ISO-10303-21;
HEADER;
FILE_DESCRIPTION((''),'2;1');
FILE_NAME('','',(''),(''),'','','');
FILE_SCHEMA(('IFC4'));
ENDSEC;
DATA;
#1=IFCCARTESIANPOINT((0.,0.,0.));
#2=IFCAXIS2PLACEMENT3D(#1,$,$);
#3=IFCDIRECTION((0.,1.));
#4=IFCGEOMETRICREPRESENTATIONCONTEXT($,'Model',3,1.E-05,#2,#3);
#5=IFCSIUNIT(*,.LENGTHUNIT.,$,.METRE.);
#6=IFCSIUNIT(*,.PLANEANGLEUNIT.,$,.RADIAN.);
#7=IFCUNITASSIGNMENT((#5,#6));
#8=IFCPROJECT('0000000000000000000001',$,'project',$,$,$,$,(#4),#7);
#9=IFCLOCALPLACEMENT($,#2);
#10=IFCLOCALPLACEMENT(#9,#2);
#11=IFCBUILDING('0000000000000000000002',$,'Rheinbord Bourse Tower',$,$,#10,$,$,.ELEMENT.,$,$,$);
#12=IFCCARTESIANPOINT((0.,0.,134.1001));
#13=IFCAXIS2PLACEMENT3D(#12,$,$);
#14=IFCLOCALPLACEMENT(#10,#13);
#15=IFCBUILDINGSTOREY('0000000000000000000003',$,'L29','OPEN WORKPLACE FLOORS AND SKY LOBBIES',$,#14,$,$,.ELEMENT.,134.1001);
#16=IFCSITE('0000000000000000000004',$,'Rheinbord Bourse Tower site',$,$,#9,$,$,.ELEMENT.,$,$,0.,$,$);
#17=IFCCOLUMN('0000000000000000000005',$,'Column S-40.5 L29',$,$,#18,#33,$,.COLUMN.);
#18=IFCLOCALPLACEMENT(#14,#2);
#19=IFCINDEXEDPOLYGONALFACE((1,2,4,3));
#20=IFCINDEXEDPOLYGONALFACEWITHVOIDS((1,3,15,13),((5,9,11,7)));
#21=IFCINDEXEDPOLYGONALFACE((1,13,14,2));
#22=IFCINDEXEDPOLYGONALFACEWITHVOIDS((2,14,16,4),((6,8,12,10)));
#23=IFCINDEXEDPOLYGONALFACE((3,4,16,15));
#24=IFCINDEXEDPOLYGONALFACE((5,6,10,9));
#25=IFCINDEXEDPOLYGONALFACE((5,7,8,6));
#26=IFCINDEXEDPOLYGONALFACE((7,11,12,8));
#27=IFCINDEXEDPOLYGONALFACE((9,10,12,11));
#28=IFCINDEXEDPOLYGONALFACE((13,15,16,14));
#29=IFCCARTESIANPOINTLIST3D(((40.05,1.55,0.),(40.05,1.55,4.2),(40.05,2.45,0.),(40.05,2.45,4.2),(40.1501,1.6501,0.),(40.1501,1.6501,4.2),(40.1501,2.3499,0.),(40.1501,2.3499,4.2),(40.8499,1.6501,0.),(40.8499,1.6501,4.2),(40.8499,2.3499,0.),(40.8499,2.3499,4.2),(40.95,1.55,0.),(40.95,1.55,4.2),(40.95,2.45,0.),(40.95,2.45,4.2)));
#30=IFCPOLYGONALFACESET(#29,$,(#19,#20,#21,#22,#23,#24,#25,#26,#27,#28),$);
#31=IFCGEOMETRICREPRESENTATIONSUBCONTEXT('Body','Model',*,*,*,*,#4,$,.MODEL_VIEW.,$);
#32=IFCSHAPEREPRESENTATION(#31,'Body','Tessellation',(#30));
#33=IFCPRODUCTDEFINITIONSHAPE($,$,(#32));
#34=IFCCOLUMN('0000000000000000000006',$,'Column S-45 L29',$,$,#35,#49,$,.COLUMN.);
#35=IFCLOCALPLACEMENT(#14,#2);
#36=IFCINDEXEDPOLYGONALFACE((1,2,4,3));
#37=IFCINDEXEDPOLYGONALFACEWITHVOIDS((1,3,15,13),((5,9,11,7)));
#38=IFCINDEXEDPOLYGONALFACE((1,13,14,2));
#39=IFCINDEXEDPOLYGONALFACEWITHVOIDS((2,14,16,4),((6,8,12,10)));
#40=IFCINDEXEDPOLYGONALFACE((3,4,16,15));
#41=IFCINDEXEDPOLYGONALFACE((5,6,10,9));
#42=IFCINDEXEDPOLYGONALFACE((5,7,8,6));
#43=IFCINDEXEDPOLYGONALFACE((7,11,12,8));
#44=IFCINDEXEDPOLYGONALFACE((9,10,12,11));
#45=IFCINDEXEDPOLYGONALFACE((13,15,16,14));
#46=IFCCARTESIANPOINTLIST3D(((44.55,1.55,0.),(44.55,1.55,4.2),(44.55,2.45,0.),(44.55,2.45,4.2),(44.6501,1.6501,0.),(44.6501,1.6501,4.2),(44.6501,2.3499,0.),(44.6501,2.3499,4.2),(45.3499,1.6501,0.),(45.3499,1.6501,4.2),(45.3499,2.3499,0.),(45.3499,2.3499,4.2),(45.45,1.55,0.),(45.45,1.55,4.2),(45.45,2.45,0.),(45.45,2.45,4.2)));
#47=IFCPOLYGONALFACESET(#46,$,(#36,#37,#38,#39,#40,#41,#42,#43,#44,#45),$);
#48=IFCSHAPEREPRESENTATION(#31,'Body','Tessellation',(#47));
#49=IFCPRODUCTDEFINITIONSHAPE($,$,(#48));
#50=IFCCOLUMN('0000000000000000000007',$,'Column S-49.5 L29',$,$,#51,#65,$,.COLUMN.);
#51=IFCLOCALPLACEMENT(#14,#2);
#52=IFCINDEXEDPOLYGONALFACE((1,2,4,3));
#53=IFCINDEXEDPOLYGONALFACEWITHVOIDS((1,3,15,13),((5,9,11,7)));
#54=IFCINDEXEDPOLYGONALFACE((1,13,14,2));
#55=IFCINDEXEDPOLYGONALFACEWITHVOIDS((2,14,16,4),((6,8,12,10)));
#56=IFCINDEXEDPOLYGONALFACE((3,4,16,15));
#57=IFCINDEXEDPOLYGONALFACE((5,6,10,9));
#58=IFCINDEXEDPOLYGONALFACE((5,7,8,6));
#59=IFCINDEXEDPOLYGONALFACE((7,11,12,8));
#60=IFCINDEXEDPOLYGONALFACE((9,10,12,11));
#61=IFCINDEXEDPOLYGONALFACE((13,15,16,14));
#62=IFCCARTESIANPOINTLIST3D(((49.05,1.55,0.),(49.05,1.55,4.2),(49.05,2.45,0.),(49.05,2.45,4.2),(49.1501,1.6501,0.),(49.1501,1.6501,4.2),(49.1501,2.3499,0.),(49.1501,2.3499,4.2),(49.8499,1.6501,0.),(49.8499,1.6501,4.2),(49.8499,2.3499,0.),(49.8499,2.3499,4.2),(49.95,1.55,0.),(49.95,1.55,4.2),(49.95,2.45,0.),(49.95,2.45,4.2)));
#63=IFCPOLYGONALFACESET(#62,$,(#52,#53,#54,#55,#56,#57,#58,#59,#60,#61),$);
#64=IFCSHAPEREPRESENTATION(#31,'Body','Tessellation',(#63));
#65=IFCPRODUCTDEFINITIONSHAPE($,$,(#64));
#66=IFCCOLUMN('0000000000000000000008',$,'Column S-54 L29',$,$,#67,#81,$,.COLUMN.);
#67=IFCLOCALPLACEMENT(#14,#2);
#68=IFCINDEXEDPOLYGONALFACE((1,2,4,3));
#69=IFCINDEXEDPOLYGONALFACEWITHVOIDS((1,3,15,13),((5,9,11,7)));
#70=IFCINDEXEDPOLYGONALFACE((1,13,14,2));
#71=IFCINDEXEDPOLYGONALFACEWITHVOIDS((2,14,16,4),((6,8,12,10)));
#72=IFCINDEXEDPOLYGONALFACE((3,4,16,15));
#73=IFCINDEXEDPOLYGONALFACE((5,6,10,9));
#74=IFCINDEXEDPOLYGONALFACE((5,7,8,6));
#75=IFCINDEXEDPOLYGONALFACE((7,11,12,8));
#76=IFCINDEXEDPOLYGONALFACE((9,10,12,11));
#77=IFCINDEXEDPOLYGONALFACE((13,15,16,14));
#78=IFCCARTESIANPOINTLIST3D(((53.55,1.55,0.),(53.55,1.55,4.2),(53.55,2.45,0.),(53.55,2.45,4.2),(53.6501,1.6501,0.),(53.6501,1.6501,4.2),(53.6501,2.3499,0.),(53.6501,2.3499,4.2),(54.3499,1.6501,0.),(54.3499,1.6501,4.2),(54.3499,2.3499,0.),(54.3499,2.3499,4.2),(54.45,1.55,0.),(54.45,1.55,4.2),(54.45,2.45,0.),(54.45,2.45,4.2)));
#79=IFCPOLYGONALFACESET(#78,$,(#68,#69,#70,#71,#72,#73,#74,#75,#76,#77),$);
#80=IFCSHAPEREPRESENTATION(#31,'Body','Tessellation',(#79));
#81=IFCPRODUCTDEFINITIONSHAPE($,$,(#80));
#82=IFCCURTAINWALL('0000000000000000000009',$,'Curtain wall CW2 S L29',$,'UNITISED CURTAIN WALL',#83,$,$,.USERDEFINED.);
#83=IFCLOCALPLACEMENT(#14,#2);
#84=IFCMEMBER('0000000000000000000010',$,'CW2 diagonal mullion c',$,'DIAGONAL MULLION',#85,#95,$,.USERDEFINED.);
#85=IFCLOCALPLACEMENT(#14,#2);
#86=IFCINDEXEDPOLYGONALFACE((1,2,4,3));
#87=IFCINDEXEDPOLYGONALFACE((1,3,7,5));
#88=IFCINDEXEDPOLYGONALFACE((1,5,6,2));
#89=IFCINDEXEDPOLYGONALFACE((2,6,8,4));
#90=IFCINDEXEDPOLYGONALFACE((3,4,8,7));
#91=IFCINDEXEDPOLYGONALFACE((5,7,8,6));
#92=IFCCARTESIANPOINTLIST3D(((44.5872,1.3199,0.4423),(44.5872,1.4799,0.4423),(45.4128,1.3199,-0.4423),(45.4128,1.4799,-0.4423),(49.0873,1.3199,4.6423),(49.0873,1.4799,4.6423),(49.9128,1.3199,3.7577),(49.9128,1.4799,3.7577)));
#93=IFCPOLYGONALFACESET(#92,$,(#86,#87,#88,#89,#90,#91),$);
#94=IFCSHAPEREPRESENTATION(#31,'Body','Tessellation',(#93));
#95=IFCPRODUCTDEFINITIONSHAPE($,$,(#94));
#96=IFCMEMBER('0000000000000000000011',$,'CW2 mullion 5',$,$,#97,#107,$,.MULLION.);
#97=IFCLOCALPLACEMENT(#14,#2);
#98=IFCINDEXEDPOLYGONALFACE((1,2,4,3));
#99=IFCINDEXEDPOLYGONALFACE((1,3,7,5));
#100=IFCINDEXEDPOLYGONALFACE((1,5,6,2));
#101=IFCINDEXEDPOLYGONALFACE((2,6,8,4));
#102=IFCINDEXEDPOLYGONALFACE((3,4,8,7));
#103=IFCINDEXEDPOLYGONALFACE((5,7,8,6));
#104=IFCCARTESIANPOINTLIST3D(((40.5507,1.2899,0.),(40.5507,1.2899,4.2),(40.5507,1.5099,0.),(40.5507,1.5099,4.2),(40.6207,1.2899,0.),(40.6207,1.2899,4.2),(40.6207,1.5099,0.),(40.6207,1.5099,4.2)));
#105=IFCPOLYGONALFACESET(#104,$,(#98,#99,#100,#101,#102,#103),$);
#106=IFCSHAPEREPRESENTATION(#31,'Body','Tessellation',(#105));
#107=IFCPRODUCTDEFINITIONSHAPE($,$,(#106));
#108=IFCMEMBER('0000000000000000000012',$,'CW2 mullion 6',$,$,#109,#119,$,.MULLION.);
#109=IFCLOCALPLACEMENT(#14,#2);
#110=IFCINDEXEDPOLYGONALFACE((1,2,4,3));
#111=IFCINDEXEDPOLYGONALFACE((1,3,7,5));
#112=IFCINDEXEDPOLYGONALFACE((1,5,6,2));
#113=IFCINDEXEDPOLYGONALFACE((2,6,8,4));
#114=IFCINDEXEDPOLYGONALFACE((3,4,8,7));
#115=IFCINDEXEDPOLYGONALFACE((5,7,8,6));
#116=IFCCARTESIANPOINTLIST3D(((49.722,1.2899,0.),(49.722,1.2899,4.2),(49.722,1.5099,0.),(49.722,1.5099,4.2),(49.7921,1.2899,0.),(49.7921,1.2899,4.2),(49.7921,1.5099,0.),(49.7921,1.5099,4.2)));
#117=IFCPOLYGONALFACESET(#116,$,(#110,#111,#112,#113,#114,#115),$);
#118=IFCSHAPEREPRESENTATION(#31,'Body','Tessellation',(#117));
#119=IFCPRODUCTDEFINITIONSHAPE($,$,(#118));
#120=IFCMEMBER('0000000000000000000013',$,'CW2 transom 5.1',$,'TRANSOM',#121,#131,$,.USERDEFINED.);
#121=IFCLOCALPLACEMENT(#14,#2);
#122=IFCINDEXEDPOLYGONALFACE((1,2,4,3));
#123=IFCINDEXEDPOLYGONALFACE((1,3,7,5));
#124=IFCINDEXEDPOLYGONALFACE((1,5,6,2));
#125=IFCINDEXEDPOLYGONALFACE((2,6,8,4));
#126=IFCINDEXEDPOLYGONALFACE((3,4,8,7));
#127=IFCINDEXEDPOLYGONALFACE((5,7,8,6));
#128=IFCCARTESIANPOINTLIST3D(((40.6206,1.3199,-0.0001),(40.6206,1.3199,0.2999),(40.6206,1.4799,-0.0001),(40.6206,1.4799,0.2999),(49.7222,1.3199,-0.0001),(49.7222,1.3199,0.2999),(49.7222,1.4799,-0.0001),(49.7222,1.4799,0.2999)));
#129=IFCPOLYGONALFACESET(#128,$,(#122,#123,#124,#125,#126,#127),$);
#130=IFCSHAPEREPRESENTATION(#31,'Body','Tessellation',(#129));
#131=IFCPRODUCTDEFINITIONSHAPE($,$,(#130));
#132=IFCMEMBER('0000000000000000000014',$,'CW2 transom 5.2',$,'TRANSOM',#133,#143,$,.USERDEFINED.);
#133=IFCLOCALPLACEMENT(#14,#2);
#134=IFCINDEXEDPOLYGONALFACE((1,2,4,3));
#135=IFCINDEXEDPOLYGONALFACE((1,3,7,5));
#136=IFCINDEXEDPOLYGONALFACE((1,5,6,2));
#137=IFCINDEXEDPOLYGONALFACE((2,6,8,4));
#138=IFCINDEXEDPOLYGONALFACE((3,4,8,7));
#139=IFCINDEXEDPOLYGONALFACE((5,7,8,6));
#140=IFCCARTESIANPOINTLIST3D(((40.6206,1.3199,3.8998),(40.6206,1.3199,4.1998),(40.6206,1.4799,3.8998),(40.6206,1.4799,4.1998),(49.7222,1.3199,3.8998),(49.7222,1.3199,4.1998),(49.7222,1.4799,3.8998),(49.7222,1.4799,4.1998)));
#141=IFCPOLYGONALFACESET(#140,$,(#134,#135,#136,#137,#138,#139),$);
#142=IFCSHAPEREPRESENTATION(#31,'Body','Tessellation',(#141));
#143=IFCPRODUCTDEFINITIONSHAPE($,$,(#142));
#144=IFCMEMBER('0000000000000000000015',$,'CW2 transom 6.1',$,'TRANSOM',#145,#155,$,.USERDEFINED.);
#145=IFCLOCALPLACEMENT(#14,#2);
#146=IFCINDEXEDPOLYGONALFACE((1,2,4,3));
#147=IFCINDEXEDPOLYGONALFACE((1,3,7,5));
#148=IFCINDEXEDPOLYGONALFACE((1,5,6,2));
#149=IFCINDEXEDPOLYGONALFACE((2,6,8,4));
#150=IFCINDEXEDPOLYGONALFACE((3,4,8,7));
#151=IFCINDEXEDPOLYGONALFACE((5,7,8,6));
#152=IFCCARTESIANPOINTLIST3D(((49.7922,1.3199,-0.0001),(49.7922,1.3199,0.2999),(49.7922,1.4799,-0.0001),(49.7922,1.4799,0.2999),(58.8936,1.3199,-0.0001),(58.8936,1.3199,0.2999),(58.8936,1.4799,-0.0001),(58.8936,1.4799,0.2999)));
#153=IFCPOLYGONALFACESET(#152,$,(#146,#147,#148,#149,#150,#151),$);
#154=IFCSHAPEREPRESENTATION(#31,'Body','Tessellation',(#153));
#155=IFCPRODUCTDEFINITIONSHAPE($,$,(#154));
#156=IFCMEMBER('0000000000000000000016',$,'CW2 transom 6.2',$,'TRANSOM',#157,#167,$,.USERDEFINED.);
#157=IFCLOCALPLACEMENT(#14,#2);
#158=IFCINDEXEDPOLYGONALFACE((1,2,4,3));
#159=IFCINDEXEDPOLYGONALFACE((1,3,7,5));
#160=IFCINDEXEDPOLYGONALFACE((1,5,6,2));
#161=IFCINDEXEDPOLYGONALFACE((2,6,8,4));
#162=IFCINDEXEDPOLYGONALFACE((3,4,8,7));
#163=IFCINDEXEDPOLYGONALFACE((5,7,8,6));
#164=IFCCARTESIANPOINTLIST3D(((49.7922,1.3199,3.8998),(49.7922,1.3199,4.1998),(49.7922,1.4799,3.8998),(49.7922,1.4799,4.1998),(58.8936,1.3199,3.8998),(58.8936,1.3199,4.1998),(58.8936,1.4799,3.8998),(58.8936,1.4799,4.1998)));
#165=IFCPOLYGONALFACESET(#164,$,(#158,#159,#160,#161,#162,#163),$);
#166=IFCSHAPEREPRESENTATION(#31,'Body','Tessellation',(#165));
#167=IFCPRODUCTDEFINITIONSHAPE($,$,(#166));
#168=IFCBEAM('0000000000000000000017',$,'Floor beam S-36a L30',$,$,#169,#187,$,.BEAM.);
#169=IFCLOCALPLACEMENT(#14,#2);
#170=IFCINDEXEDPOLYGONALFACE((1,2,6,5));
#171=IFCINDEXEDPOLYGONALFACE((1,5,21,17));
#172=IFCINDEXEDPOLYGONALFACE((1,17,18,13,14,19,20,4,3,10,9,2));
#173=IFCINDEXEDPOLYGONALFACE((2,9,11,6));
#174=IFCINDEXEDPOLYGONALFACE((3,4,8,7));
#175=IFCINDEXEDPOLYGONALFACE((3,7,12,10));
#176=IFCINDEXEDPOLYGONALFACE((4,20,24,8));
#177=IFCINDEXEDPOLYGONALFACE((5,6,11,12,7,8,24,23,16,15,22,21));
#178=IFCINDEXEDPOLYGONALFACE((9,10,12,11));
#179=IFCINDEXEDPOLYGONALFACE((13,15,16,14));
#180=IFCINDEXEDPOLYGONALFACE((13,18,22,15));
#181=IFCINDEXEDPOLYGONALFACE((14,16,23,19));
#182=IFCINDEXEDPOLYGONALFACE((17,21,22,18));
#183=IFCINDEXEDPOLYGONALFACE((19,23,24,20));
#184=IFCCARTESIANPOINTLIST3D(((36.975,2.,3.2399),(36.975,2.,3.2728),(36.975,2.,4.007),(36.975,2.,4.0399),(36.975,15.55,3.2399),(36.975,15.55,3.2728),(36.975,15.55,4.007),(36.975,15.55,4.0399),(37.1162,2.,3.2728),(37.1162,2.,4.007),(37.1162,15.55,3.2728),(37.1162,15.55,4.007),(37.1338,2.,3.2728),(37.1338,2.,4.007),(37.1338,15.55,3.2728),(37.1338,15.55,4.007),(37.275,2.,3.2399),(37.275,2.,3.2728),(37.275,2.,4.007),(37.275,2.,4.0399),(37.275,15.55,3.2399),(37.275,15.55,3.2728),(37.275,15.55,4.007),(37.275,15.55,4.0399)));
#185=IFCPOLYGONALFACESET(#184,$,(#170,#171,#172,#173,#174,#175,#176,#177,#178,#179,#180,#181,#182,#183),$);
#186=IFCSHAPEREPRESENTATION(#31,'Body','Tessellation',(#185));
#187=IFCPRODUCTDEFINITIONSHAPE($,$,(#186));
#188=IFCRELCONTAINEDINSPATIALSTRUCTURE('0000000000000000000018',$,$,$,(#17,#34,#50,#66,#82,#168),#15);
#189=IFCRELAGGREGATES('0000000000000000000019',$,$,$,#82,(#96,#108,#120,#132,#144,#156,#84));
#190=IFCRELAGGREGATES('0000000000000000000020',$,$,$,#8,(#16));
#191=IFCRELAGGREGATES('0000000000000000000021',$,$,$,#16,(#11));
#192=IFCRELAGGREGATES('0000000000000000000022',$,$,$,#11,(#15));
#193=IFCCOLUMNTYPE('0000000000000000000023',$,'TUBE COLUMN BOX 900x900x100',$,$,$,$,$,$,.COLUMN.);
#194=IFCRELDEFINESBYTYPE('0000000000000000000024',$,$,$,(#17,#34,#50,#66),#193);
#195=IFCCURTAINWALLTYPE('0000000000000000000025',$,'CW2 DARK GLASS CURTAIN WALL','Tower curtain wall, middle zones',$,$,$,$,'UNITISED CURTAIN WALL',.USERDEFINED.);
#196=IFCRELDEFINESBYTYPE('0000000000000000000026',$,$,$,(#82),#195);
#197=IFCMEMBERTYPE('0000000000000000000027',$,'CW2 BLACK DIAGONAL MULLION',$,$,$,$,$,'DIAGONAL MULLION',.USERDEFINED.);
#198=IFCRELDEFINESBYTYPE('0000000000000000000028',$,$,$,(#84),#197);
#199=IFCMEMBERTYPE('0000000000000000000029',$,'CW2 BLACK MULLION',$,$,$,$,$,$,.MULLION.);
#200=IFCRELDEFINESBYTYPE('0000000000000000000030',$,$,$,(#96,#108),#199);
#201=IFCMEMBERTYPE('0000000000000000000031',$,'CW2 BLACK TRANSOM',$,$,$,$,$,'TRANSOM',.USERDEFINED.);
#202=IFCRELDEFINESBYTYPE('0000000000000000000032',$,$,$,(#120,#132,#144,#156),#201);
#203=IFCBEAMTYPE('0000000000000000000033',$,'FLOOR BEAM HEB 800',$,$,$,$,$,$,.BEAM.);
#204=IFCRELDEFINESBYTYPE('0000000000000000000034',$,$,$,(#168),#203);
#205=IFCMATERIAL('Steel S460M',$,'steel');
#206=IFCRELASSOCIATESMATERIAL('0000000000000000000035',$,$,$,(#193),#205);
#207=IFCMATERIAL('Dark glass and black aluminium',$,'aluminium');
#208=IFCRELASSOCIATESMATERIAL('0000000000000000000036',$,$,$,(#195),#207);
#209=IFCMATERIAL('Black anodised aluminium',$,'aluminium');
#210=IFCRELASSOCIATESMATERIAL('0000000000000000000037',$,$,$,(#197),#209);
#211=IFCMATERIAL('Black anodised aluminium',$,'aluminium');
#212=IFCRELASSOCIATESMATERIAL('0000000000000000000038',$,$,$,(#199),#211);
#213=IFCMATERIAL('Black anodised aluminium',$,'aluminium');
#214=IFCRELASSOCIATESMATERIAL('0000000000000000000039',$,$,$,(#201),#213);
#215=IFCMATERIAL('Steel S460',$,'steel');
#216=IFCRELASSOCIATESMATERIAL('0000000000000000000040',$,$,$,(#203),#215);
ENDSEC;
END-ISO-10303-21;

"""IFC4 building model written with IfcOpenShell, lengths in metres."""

from ifc_helpers import new_model, si_unit, direction, frame, origin, origin_2d, place, context, subcontext, project, spatial, rectangle, hollow_rectangle, i_section, extrude, material, material_profile, profile_set, type_object, element, aggregate, save


model = new_model("IFC4")

# Units and contexts
model_context = context("Model", 3, precision=1e-05, world=origin(), true_north=direction((0.0, 1.0)))
body_context = subcontext(model_context, "Body", "Model", "MODEL_VIEW")
ifc_project = project(units=[si_unit("LENGTHUNIT", "METRE"), si_unit("PLANEANGLEUNIT", "RADIAN")], contexts=[model_context])

# Site, building, storey
site_placement = place(None, origin())
site = spatial("IfcSite", under=ifc_project, at=site_placement, Name="Rheinbord Bourse Tower site", CompositionType="ELEMENT", RefElevation=0.0)
building_placement = place(site_placement, origin())
building = spatial("IfcBuilding", under=site, at=building_placement, Name="Rheinbord Bourse Tower", CompositionType="ELEMENT")
storey_placement = place(building_placement, frame((0.0, 0.0, 134.1001)))
storey = spatial("IfcBuildingStorey", under=building, at=storey_placement, Name="L29", Description="OPEN WORKPLACE FLOORS AND SKY LOBBIES", CompositionType="ELEMENT", Elevation=134.1001)

# Columns
ifc_material_1 = material(Name="Steel S460M", Category="steel")
ifc_material_profile_1 = material_profile(ifc_material_1, hollow_rectangle(XDim=0.8999, YDim=0.8999, WallThickness=0.1001, at=origin_2d()), Name="BOX 900x900x100")
ifc_profile_set_1 = profile_set([ifc_material_profile_1], Name="Steel S460M")
column_type = type_object("IfcColumnType", Name="TUBE COLUMN BOX 900x900x100", PredefinedType="COLUMN", material=ifc_profile_set_1)
for number, where, z_axis, x_axis, name in (
    (1, (40.5, 2.0, 0.0), (0.0, 0.0, 1.0), (0.0, 1.0, 0.0), "Column S-40.5 L29"),
    (2, (45.0, 2.0, 0.0), (0.0, 0.0, 1.0), (0.0, 1.0, 0.0), "Column S-45 L29"),
    (3, (49.5, 2.0, 0.0), (0.0, 0.0, 1.0), (0.0, 1.0, 0.0), "Column S-49.5 L29"),
    (4, (54.0, 2.0, 0.0), (0.0, 0.0, 1.0), (0.0, 1.0, 0.0), "Column S-54 L29"),
):
    element("IfcColumn", number, at=place(storey_placement, frame(where, z_axis=z_axis, x_axis=x_axis)), inside=storey, type_object=column_type, Name=name, PredefinedType="COLUMN", context=body_context, shape_type="SweptSolid", body=[
        extrude(hollow_rectangle(XDim=0.8999, YDim=0.8999, WallThickness=0.1001, at=origin_2d()), origin(), (0.0, 0.0, 1.0), 4.2),
    ])

# Curtain wall, members
ifc_material_2 = material(Name="Dark glass and black aluminium", Category="aluminium")
curtain_wall_type = type_object("IfcCurtainWallType", Name="CW2 DARK GLASS CURTAIN WALL", Description="Tower curtain wall, middle zones", ElementType="UNITISED CURTAIN WALL", PredefinedType="USERDEFINED", material=ifc_material_2)
curtain_wall_placement = place(storey_placement, origin())
curtain_wall = element("IfcCurtainWall", 5, at=curtain_wall_placement, inside=storey, type_object=curtain_wall_type, Name="Curtain wall CW2 S L29", ObjectType="UNITISED CURTAIN WALL", PredefinedType="USERDEFINED")
ifc_material_3 = material(Name="Black anodised aluminium", Category="aluminium")
ifc_material_profile_2 = material_profile(ifc_material_3, rectangle(XDim=0.1599, YDim=1.21, at=origin_2d()), Name="CW2 DIAGONAL MULLION 1210x160")
ifc_profile_set_2 = profile_set([ifc_material_profile_2], Name="Black anodised aluminium")
member_type_1 = type_object("IfcMemberType", Name="CW2 BLACK DIAGONAL MULLION", ElementType="DIAGONAL MULLION", PredefinedType="USERDEFINED", material=ifc_profile_set_2)
member_1_placement = place(storey_placement, frame((45.0, 1.3999, 0.0), z_axis=(0.731059, 0.0, 0.682314), x_axis=(0.0, 1.0, 0.0)))
member_1 = element("IfcMember", 6, at=member_1_placement, type_object=member_type_1, Name="CW2 diagonal mullion c", ObjectType="DIAGONAL MULLION", PredefinedType="USERDEFINED", context=body_context, shape_type="SweptSolid", body=[
    extrude(rectangle(XDim=0.1599, YDim=1.21, at=origin_2d()), origin(), (0.0, 0.0, 1.0), 6.1555),
])
ifc_material_4 = material(Name="Black anodised aluminium", Category="aluminium")
ifc_material_profile_3 = material_profile(ifc_material_4, rectangle(XDim=0.22, YDim=0.0701, at=origin_2d()), Name="CW2 MULLION 70x220")
ifc_profile_set_3 = profile_set([ifc_material_profile_3], Name="Black anodised aluminium")
member_type_2 = type_object("IfcMemberType", Name="CW2 BLACK MULLION", PredefinedType="MULLION", material=ifc_profile_set_3)
member_2_placement = place(storey_placement, frame((40.5857, 1.3999, 0.0), z_axis=(0.0, 0.0, 1.0), x_axis=(0.0, 1.0, 0.0)))
member_2 = element("IfcMember", 7, at=member_2_placement, type_object=member_type_2, Name="CW2 mullion 5", PredefinedType="MULLION", context=body_context, shape_type="SweptSolid", body=[
    extrude(rectangle(XDim=0.22, YDim=0.0701, at=origin_2d()), origin(), (0.0, 0.0, 1.0), 4.2),
])
member_3_placement = place(storey_placement, frame((49.7571, 1.3999, 0.0), z_axis=(0.0, 0.0, 1.0), x_axis=(0.0, 1.0, 0.0)))
member_3 = element("IfcMember", 8, at=member_3_placement, type_object=member_type_2, Name="CW2 mullion 6", PredefinedType="MULLION", context=body_context, shape_type="SweptSolid", body=[
    extrude(rectangle(XDim=0.22, YDim=0.0701, at=origin_2d()), origin(), (0.0, 0.0, 1.0), 4.2),
])
ifc_material_5 = material(Name="Black anodised aluminium", Category="aluminium")
ifc_material_profile_4 = material_profile(ifc_material_5, rectangle(XDim=0.1599, YDim=0.3, at=origin_2d()), Name="CW2 TRANSOM 300x160")
ifc_profile_set_4 = profile_set([ifc_material_profile_4], Name="Black anodised aluminium")
member_type_3 = type_object("IfcMemberType", Name="CW2 BLACK TRANSOM", ElementType="TRANSOM", PredefinedType="USERDEFINED", material=ifc_profile_set_4)
member_4_placement = place(storey_placement, frame((40.6206, 1.3999, 0.1499), z_axis=(1.0, 0.0, 0.0), x_axis=(0.0, 1.0, 0.0)))
member_4 = element("IfcMember", 9, at=member_4_placement, type_object=member_type_3, Name="CW2 transom 5.1", ObjectType="TRANSOM", PredefinedType="USERDEFINED", context=body_context, shape_type="SweptSolid", body=[
    extrude(rectangle(XDim=0.1599, YDim=0.3, at=origin_2d()), origin(), (0.0, 0.0, 1.0), 9.1016),
])
member_5_placement = place(storey_placement, frame((40.6206, 1.3999, 4.0498), z_axis=(1.0, 0.0, 0.0), x_axis=(0.0, 1.0, 0.0)))
member_5 = element("IfcMember", 10, at=member_5_placement, type_object=member_type_3, Name="CW2 transom 5.2", ObjectType="TRANSOM", PredefinedType="USERDEFINED", context=body_context, shape_type="SweptSolid", body=[
    extrude(rectangle(XDim=0.1599, YDim=0.3, at=origin_2d()), origin(), (0.0, 0.0, 1.0), 9.1016),
])
member_6_placement = place(storey_placement, frame((49.7922, 1.3999, 0.1499), z_axis=(1.0, 0.0, 0.0), x_axis=(0.0, 1.0, 0.0)))
member_6 = element("IfcMember", 11, at=member_6_placement, type_object=member_type_3, Name="CW2 transom 6.1", ObjectType="TRANSOM", PredefinedType="USERDEFINED", context=body_context, shape_type="SweptSolid", body=[
    extrude(rectangle(XDim=0.1599, YDim=0.3, at=origin_2d()), origin(), (0.0, 0.0, 1.0), 9.1013),
])
member_7_placement = place(storey_placement, frame((49.7922, 1.3999, 4.0498), z_axis=(1.0, 0.0, 0.0), x_axis=(0.0, 1.0, 0.0)))
member_7 = element("IfcMember", 12, at=member_7_placement, type_object=member_type_3, Name="CW2 transom 6.2", ObjectType="TRANSOM", PredefinedType="USERDEFINED", context=body_context, shape_type="SweptSolid", body=[
    extrude(rectangle(XDim=0.1599, YDim=0.3, at=origin_2d()), origin(), (0.0, 0.0, 1.0), 9.1013),
])

# Beam
ifc_material_6 = material(Name="Steel S460", Category="steel")
ifc_material_profile_5 = material_profile(ifc_material_6, i_section(OverallWidth=0.3, OverallDepth=0.8, WebThickness=0.0176, FlangeThickness=0.033, at=origin_2d()), Name="HEB 800")
ifc_profile_set_5 = profile_set([ifc_material_profile_5], Name="Steel S460")
beam_type_1 = type_object("IfcBeamType", Name="FLOOR BEAM HEB 800", PredefinedType="BEAM", material=ifc_profile_set_5)
for number, where, z_axis, x_axis, name in (
    (13, (37.125, 2.0, 3.6399), (0.0, 1.0, 0.0), (-1.0, 0.0, 0.0), "Floor beam S-36a L30"),
):
    element("IfcBeam", number, at=place(storey_placement, frame(where, z_axis=z_axis, x_axis=x_axis)), inside=storey, type_object=beam_type_1, Name=name, PredefinedType="BEAM", context=body_context, shape_type="SweptSolid", body=[
        extrude(i_section(OverallWidth=0.3, OverallDepth=0.8, WebThickness=0.0176, FlangeThickness=0.033, at=origin_2d()), origin(), (0.0, 0.0, 1.0), 13.55),
    ])

aggregate(curtain_wall, [member_2, member_3, member_4, member_5, member_6, member_7, member_1])

save(model, "model.ifc")
